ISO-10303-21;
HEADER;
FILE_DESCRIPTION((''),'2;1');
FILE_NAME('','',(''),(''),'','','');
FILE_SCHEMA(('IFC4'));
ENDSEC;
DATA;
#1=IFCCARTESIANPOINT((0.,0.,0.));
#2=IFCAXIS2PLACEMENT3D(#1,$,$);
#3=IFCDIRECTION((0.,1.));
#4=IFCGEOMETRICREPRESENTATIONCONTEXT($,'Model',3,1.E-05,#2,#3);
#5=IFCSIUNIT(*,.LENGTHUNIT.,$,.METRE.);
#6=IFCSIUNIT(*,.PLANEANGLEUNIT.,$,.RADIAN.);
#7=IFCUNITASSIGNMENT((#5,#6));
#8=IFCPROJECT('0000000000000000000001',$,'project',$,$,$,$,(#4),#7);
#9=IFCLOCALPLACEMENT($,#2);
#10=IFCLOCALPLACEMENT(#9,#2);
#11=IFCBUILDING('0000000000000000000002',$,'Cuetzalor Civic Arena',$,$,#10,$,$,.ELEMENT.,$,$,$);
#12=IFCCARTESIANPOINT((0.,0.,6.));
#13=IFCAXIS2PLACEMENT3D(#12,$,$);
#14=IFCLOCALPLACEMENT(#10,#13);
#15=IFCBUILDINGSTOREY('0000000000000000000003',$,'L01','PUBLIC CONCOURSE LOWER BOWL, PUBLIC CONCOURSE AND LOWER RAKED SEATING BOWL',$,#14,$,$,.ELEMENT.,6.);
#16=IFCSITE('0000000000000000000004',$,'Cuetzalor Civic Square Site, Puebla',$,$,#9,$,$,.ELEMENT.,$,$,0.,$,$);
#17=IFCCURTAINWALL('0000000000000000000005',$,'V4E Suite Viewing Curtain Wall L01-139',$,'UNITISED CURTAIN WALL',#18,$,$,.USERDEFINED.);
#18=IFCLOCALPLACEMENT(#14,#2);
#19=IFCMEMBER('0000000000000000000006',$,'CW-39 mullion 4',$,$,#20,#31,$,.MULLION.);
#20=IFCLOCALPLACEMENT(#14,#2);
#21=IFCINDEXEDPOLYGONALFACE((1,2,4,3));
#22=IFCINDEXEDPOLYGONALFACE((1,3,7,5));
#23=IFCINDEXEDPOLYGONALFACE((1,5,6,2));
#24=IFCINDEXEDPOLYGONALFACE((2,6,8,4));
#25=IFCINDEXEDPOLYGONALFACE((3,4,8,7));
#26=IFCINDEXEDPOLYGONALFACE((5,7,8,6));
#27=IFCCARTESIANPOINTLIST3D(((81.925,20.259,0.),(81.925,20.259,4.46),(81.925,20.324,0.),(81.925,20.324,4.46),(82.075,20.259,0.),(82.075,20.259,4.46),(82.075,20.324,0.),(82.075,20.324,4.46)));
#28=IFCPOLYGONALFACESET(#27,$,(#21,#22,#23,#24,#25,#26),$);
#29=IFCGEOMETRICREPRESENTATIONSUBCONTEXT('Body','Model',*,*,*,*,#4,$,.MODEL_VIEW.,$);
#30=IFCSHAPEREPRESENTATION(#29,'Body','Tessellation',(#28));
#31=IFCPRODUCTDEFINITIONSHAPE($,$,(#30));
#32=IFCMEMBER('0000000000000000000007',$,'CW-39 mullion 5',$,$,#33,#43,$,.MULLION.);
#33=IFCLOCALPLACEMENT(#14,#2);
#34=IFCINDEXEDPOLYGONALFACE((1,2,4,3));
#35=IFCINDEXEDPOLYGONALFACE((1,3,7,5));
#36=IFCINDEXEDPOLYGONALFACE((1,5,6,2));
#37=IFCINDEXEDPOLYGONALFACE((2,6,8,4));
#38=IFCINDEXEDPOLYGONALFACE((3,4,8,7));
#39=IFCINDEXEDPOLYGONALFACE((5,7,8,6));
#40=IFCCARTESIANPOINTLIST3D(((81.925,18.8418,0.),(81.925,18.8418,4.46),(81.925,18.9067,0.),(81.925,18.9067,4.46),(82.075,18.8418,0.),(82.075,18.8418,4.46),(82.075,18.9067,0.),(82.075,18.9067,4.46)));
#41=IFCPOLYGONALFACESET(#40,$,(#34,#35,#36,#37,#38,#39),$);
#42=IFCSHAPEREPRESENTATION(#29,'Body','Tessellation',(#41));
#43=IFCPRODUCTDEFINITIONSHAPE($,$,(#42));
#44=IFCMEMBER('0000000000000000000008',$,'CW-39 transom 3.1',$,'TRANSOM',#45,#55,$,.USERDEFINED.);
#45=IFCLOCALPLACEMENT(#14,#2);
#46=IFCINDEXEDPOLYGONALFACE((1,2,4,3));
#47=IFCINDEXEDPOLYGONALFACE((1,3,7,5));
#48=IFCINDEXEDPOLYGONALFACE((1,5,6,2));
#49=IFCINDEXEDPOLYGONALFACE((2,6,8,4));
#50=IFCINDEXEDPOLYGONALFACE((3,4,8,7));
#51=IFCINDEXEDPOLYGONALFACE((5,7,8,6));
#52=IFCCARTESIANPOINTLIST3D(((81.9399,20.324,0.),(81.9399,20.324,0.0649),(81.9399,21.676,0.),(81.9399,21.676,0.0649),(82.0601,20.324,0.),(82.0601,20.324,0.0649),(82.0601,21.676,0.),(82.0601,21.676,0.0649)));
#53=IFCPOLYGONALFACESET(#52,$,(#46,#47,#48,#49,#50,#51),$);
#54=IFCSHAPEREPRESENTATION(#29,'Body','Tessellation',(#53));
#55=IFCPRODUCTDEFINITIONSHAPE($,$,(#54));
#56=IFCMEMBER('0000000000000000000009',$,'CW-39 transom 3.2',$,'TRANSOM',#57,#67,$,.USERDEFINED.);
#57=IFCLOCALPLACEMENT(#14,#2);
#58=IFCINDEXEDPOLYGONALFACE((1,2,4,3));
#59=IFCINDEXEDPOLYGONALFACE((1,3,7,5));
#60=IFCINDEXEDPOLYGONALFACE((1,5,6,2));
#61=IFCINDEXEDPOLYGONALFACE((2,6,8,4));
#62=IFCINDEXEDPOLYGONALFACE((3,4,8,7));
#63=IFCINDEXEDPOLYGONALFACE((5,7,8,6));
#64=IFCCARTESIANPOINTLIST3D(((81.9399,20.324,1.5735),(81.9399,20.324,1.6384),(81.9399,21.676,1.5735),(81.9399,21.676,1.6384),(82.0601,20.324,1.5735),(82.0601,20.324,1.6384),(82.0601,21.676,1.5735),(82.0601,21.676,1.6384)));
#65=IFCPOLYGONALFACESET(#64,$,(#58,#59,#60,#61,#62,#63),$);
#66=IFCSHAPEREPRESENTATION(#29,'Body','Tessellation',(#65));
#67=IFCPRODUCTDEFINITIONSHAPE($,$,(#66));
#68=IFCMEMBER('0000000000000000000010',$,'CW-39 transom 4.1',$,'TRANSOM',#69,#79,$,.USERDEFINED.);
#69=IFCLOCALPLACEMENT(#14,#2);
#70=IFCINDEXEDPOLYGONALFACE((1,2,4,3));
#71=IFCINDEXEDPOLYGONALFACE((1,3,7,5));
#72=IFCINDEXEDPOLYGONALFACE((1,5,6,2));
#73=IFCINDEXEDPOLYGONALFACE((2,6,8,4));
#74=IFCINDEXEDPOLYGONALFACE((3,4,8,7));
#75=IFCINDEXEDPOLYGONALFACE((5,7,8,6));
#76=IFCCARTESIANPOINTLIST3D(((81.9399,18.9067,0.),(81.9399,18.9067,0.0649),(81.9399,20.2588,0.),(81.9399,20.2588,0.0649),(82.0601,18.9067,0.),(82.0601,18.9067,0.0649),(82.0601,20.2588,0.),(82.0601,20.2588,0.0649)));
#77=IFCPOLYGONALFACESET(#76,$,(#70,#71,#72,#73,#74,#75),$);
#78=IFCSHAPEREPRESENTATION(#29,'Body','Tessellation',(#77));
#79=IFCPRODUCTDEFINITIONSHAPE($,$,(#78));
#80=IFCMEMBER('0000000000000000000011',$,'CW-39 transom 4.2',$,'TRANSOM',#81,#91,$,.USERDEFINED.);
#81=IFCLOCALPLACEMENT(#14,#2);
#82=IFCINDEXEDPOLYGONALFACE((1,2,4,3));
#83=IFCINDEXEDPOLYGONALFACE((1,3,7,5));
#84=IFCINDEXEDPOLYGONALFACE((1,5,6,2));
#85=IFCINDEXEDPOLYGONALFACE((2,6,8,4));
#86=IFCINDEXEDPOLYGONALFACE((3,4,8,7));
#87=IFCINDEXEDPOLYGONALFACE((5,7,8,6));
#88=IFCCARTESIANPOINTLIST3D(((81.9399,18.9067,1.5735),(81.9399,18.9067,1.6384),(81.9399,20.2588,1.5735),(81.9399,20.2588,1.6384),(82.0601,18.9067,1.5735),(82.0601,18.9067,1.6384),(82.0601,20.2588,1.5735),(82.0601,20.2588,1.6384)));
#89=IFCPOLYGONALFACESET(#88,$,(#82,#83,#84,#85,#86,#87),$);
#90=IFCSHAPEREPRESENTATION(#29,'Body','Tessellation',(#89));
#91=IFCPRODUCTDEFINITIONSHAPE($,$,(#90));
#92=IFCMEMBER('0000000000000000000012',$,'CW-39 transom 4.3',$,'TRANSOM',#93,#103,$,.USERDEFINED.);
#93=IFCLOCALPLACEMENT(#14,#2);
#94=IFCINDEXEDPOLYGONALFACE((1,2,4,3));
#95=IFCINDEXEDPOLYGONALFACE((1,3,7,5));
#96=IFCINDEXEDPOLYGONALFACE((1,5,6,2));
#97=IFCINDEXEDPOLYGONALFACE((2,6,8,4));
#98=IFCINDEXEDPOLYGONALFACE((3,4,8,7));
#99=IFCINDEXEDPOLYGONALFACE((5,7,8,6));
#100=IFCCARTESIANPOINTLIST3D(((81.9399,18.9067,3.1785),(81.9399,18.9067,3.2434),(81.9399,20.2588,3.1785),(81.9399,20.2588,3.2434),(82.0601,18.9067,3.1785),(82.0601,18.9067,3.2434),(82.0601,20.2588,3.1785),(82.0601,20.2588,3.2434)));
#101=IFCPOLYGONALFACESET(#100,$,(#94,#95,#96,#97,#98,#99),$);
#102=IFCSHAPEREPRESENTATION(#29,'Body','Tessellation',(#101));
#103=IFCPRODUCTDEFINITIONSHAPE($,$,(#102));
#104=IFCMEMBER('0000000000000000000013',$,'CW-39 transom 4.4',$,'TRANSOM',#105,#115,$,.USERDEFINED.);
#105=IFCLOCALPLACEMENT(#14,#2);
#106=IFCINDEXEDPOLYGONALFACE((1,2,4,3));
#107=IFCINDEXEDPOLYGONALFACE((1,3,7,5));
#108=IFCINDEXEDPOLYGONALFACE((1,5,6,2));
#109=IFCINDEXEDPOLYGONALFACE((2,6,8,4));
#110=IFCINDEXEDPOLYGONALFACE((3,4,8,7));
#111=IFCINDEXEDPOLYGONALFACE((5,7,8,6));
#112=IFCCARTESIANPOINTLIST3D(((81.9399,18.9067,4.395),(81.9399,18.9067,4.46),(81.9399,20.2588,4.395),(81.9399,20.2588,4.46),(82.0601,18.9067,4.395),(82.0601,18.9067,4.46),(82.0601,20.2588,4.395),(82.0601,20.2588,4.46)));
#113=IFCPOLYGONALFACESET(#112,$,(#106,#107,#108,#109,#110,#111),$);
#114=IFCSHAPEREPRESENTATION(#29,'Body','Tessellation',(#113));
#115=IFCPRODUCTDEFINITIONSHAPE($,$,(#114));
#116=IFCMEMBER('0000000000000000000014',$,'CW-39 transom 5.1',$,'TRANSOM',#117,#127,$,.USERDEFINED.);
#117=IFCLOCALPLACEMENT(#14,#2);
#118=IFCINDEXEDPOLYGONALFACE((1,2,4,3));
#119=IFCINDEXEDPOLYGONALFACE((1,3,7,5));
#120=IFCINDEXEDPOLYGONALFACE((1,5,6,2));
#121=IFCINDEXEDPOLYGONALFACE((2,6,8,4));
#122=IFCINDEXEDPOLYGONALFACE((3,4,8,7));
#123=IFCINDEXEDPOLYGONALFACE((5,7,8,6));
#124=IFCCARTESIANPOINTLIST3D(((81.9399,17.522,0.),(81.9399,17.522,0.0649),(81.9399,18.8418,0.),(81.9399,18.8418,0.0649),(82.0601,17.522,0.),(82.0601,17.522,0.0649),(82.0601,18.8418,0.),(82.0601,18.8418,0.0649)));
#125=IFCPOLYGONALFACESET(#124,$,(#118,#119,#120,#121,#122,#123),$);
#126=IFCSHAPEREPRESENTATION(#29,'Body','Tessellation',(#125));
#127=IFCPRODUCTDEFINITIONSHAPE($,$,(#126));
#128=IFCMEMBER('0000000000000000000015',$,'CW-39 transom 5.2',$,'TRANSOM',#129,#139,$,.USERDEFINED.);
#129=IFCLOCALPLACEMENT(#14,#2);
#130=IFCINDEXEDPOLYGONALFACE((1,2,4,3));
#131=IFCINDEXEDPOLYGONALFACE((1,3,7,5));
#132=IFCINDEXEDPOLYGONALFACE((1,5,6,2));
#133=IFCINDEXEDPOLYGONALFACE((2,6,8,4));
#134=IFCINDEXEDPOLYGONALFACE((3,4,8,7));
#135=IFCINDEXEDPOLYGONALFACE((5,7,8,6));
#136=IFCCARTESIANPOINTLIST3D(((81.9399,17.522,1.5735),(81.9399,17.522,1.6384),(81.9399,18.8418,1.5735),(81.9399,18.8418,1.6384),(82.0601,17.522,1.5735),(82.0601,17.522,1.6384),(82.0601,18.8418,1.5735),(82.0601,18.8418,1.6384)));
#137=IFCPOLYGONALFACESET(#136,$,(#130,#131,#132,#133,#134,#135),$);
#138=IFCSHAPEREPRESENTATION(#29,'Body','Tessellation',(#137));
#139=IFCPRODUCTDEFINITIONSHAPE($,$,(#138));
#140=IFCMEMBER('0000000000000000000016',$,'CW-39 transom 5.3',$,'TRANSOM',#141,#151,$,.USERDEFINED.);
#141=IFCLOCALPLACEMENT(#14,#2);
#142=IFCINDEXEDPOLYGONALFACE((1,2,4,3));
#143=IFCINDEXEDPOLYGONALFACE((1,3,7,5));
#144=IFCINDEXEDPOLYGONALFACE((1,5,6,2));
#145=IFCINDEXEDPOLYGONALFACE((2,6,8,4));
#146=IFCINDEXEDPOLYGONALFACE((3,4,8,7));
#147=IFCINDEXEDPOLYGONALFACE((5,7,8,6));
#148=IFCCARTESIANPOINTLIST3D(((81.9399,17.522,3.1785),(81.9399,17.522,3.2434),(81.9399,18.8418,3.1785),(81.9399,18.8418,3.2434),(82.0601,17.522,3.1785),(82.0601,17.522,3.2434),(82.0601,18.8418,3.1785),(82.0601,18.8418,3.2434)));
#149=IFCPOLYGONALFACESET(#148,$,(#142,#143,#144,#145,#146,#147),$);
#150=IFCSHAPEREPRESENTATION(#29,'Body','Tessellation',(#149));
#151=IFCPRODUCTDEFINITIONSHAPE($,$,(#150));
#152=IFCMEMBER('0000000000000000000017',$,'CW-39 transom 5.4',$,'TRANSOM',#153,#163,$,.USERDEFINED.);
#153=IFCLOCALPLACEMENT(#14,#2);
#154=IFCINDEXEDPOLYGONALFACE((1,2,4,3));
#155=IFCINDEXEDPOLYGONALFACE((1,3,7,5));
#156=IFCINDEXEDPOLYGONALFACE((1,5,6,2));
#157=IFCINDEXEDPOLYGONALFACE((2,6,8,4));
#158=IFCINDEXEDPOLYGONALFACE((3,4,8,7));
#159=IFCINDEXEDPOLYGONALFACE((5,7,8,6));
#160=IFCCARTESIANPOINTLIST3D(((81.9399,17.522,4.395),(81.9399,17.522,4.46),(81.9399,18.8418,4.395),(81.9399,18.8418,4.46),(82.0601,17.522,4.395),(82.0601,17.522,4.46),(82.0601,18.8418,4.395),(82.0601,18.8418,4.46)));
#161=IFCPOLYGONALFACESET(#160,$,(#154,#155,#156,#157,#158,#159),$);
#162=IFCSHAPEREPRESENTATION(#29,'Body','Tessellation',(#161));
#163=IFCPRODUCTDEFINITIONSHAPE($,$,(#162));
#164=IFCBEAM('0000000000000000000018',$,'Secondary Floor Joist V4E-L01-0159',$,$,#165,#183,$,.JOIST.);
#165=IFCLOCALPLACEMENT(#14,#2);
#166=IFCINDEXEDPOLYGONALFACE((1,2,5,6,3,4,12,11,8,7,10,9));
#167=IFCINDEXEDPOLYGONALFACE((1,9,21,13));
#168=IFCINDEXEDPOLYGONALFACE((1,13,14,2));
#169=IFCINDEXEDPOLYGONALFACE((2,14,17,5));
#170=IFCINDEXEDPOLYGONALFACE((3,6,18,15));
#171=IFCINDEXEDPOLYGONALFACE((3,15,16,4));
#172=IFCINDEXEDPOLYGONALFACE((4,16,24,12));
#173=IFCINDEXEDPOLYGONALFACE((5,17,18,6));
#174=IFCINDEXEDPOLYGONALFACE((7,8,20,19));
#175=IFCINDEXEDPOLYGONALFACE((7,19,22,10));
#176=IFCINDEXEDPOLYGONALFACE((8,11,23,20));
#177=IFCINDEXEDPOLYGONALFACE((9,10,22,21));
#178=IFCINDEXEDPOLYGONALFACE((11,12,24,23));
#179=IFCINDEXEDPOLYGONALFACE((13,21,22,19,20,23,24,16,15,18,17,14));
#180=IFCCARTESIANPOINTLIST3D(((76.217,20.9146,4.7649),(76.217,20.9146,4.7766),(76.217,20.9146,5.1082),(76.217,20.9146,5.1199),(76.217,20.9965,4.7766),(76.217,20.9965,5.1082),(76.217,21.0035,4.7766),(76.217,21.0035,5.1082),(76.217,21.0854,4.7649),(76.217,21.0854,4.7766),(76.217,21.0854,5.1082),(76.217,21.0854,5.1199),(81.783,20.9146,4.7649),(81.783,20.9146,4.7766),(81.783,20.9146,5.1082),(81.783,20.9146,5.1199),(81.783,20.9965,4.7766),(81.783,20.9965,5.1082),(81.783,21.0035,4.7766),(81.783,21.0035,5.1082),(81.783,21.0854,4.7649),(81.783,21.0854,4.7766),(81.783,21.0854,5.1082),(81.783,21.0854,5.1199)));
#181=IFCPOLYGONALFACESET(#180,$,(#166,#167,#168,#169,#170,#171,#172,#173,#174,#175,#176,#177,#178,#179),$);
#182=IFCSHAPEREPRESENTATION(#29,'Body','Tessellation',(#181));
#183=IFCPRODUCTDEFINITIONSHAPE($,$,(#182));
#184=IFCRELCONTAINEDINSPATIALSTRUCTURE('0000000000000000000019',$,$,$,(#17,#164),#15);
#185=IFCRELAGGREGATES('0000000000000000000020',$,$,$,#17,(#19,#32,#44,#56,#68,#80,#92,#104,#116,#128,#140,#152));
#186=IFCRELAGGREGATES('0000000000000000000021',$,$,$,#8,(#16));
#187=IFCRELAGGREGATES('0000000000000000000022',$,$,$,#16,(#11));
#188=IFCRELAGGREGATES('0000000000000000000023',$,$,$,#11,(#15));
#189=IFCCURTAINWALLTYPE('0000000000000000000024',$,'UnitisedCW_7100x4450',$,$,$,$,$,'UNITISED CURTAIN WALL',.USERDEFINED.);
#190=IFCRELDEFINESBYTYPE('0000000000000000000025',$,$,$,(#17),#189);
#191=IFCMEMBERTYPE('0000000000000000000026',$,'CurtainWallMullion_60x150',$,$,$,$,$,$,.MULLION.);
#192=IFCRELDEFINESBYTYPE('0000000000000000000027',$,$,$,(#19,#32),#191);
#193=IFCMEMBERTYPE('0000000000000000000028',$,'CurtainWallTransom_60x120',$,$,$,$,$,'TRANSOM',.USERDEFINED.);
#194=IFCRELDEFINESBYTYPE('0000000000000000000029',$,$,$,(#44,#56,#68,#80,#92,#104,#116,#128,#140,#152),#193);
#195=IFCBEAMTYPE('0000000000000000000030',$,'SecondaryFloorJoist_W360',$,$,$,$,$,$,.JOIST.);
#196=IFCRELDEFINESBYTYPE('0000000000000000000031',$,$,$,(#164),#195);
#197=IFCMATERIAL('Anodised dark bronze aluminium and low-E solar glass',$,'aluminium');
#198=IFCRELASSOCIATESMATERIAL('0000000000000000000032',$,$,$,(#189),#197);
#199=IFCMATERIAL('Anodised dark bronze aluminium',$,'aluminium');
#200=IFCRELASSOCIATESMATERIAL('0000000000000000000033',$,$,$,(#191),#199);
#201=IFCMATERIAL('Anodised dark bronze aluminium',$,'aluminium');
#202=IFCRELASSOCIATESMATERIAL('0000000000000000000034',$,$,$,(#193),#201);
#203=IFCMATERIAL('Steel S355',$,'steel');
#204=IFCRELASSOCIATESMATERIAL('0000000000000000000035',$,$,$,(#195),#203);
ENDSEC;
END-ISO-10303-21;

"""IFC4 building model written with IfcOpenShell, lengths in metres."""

from ifc_helpers import new_model, si_unit, direction, frame, origin, origin_2d, place, context, subcontext, project, spatial, rectangle, i_section, extrude, material, material_profile, profile_set, type_object, element, aggregate, save


model = new_model("IFC4")

# Units and contexts
model_context = context("Model", 3, precision=1e-05, world=origin(), true_north=direction((0.0, 1.0)))
body_context = subcontext(model_context, "Body", "Model", "MODEL_VIEW")
ifc_project = project(units=[si_unit("LENGTHUNIT", "METRE"), si_unit("PLANEANGLEUNIT", "RADIAN")], contexts=[model_context])

# Site, building, storey
site_placement = place(None, origin())
site = spatial("IfcSite", under=ifc_project, at=site_placement, Name="Cuetzalor Civic Square Site, Puebla", CompositionType="ELEMENT", RefElevation=0.0)
building_placement = place(site_placement, origin())
building = spatial("IfcBuilding", under=site, at=building_placement, Name="Cuetzalor Civic Arena", CompositionType="ELEMENT")
storey_placement = place(building_placement, frame((0.0, 0.0, 6.0)))
storey = spatial("IfcBuildingStorey", under=building, at=storey_placement, Name="L01", Description="PUBLIC CONCOURSE LOWER BOWL, PUBLIC CONCOURSE AND LOWER RAKED SEATING BOWL", CompositionType="ELEMENT", Elevation=6.0)

# Curtain wall, members
ifc_material_1 = material(Name="Anodised dark bronze aluminium and low-E solar glass", Category="aluminium")
curtain_wall_type = type_object("IfcCurtainWallType", Name="UnitisedCW_7100x4450", ElementType="UNITISED CURTAIN WALL", PredefinedType="USERDEFINED", material=ifc_material_1)
curtain_wall_placement = place(storey_placement, origin())
curtain_wall = element("IfcCurtainWall", 1, at=curtain_wall_placement, inside=storey, type_object=curtain_wall_type, Name="V4E Suite Viewing Curtain Wall L01-139", ObjectType="UNITISED CURTAIN WALL", PredefinedType="USERDEFINED")
ifc_material_2 = material(Name="Anodised dark bronze aluminium", Category="aluminium")
ifc_material_profile_1 = material_profile(ifc_material_2, rectangle(XDim=0.0649, YDim=0.1499, at=origin_2d()), Name="ALU MULLION 65x150")
ifc_profile_set_1 = profile_set([ifc_material_profile_1], Name="Anodised dark bronze aluminium")
member_type_1 = type_object("IfcMemberType", Name="CurtainWallMullion_60x150", PredefinedType="MULLION", material=ifc_profile_set_1)
member_1_placement = place(storey_placement, frame((82.0, 20.2915, 0.0), z_axis=(0.0, 0.0, 1.0), x_axis=(0.0, -1.0, 0.0)))
member_1 = element("IfcMember", 2, at=member_1_placement, type_object=member_type_1, Name="CW-39 mullion 4", PredefinedType="MULLION", context=body_context, shape_type="SweptSolid", body=[
    extrude(rectangle(XDim=0.0649, YDim=0.1499, at=origin_2d()), origin(), (0.0, 0.0, 1.0), 4.46),
])
member_2_placement = place(storey_placement, frame((82.0, 18.8743, 0.0), z_axis=(0.0, 0.0, 1.0), x_axis=(0.0, -1.0, 0.0)))
member_2 = element("IfcMember", 3, at=member_2_placement, type_object=member_type_1, Name="CW-39 mullion 5", PredefinedType="MULLION", context=body_context, shape_type="SweptSolid", body=[
    extrude(rectangle(XDim=0.0649, YDim=0.1499, at=origin_2d()), origin(), (0.0, 0.0, 1.0), 4.46),
])
ifc_material_3 = material(Name="Anodised dark bronze aluminium", Category="aluminium")
ifc_material_profile_2 = material_profile(ifc_material_3, rectangle(XDim=0.1201, YDim=0.0649, at=origin_2d()), Name="ALU TRANSOM 65x120")
ifc_profile_set_2 = profile_set([ifc_material_profile_2], Name="Anodised dark bronze aluminium")
member_type_2 = type_object("IfcMemberType", Name="CurtainWallTransom_60x120", ElementType="TRANSOM", PredefinedType="USERDEFINED", material=ifc_profile_set_2)
member_3_placement = place(storey_placement, frame((82.0, 21.676, 0.0325), z_axis=(0.0, -1.0, 0.0), x_axis=(1.0, 0.0, 0.0)))
member_3 = element("IfcMember", 4, at=member_3_placement, type_object=member_type_2, Name="CW-39 transom 3.1", ObjectType="TRANSOM", PredefinedType="USERDEFINED", context=body_context, shape_type="SweptSolid", body=[
    extrude(rectangle(XDim=0.1201, YDim=0.0649, at=origin_2d()), origin(), (0.0, 0.0, 1.0), 1.3521),
])
member_4_placement = place(storey_placement, frame((82.0, 21.676, 1.606), z_axis=(0.0, -1.0, 0.0), x_axis=(1.0, 0.0, 0.0)))
member_4 = element("IfcMember", 5, at=member_4_placement, type_object=member_type_2, Name="CW-39 transom 3.2", ObjectType="TRANSOM", PredefinedType="USERDEFINED", context=body_context, shape_type="SweptSolid", body=[
    extrude(rectangle(XDim=0.1201, YDim=0.0649, at=origin_2d()), origin(), (0.0, 0.0, 1.0), 1.3521),
])
member_5_placement = place(storey_placement, frame((82.0, 20.2588, 0.0325), z_axis=(0.0, -1.0, 0.0), x_axis=(1.0, 0.0, 0.0)))
member_5 = element("IfcMember", 6, at=member_5_placement, type_object=member_type_2, Name="CW-39 transom 4.1", ObjectType="TRANSOM", PredefinedType="USERDEFINED", context=body_context, shape_type="SweptSolid", body=[
    extrude(rectangle(XDim=0.1201, YDim=0.0649, at=origin_2d()), origin(), (0.0, 0.0, 1.0), 1.3521),
])
member_6_placement = place(storey_placement, frame((82.0, 20.2588, 1.606), z_axis=(0.0, -1.0, 0.0), x_axis=(1.0, 0.0, 0.0)))
member_6 = element("IfcMember", 7, at=member_6_placement, type_object=member_type_2, Name="CW-39 transom 4.2", ObjectType="TRANSOM", PredefinedType="USERDEFINED", context=body_context, shape_type="SweptSolid", body=[
    extrude(rectangle(XDim=0.1201, YDim=0.0649, at=origin_2d()), origin(), (0.0, 0.0, 1.0), 1.3521),
])
member_7_placement = place(storey_placement, frame((82.0, 20.2588, 3.2109), z_axis=(0.0, -1.0, 0.0), x_axis=(1.0, 0.0, 0.0)))
member_7 = element("IfcMember", 8, at=member_7_placement, type_object=member_type_2, Name="CW-39 transom 4.3", ObjectType="TRANSOM", PredefinedType="USERDEFINED", context=body_context, shape_type="SweptSolid", body=[
    extrude(rectangle(XDim=0.1201, YDim=0.0649, at=origin_2d()), origin(), (0.0, 0.0, 1.0), 1.3521),
])
member_8_placement = place(storey_placement, frame((82.0, 20.2588, 4.4275), z_axis=(0.0, -1.0, 0.0), x_axis=(1.0, 0.0, 0.0)))
member_8 = element("IfcMember", 9, at=member_8_placement, type_object=member_type_2, Name="CW-39 transom 4.4", ObjectType="TRANSOM", PredefinedType="USERDEFINED", context=body_context, shape_type="SweptSolid", body=[
    extrude(rectangle(XDim=0.1201, YDim=0.0649, at=origin_2d()), origin(), (0.0, 0.0, 1.0), 1.3521),
])
member_9_placement = place(storey_placement, frame((82.0, 18.8418, 0.0325), z_axis=(0.0, -1.0, 0.0), x_axis=(1.0, 0.0, 0.0)))
member_9 = element("IfcMember", 10, at=member_9_placement, type_object=member_type_2, Name="CW-39 transom 5.1", ObjectType="TRANSOM", PredefinedType="USERDEFINED", context=body_context, shape_type="SweptSolid", body=[
    extrude(rectangle(XDim=0.1201, YDim=0.0649, at=origin_2d()), origin(), (0.0, 0.0, 1.0), 1.3198),
])
member_10_placement = place(storey_placement, frame((82.0, 18.8418, 1.606), z_axis=(0.0, -1.0, 0.0), x_axis=(1.0, 0.0, 0.0)))
member_10 = element("IfcMember", 11, at=member_10_placement, type_object=member_type_2, Name="CW-39 transom 5.2", ObjectType="TRANSOM", PredefinedType="USERDEFINED", context=body_context, shape_type="SweptSolid", body=[
    extrude(rectangle(XDim=0.1201, YDim=0.0649, at=origin_2d()), origin(), (0.0, 0.0, 1.0), 1.3198),
])
member_11_placement = place(storey_placement, frame((82.0, 18.8418, 3.2109), z_axis=(0.0, -1.0, 0.0), x_axis=(1.0, 0.0, 0.0)))
member_11 = element("IfcMember", 12, at=member_11_placement, type_object=member_type_2, Name="CW-39 transom 5.3", ObjectType="TRANSOM", PredefinedType="USERDEFINED", context=body_context, shape_type="SweptSolid", body=[
    extrude(rectangle(XDim=0.1201, YDim=0.0649, at=origin_2d()), origin(), (0.0, 0.0, 1.0), 1.3198),
])
member_12_placement = place(storey_placement, frame((82.0, 18.8418, 4.4275), z_axis=(0.0, -1.0, 0.0), x_axis=(1.0, 0.0, 0.0)))
member_12 = element("IfcMember", 13, at=member_12_placement, type_object=member_type_2, Name="CW-39 transom 5.4", ObjectType="TRANSOM", PredefinedType="USERDEFINED", context=body_context, shape_type="SweptSolid", body=[
    extrude(rectangle(XDim=0.1201, YDim=0.0649, at=origin_2d()), origin(), (0.0, 0.0, 1.0), 1.3198),
])

# Beam
ifc_material_4 = material(Name="Steel S355", Category="steel")
ifc_material_profile_3 = material_profile(ifc_material_4, i_section(OverallWidth=0.1709, OverallDepth=0.355, WebThickness=0.0071, FlangeThickness=0.0117, at=origin_2d()), Name="W360x51")
ifc_profile_set_3 = profile_set([ifc_material_profile_3], Name="Steel S355")
beam_type = type_object("IfcBeamType", Name="SecondaryFloorJoist_W360", PredefinedType="JOIST", material=ifc_profile_set_3)
beam_placement = place(storey_placement, frame((76.217, 21.0, 4.9424), z_axis=(1.0, 0.0, 0.0), x_axis=(0.0, 1.0, 0.0)))
element("IfcBeam", 14, at=beam_placement, inside=storey, type_object=beam_type, Name="Secondary Floor Joist V4E-L01-0159", PredefinedType="JOIST", context=body_context, shape_type="SweptSolid", body=[
    extrude(i_section(OverallWidth=0.1709, OverallDepth=0.355, WebThickness=0.0071, FlangeThickness=0.0117, at=origin_2d()), origin(), (0.0, 0.0, 1.0), 5.5659),
])

aggregate(curtain_wall, [member_1, member_2, member_3, member_4, member_5, member_6, member_7, member_8, member_9, member_10, member_11, member_12])

save(model, "model.ifc")
